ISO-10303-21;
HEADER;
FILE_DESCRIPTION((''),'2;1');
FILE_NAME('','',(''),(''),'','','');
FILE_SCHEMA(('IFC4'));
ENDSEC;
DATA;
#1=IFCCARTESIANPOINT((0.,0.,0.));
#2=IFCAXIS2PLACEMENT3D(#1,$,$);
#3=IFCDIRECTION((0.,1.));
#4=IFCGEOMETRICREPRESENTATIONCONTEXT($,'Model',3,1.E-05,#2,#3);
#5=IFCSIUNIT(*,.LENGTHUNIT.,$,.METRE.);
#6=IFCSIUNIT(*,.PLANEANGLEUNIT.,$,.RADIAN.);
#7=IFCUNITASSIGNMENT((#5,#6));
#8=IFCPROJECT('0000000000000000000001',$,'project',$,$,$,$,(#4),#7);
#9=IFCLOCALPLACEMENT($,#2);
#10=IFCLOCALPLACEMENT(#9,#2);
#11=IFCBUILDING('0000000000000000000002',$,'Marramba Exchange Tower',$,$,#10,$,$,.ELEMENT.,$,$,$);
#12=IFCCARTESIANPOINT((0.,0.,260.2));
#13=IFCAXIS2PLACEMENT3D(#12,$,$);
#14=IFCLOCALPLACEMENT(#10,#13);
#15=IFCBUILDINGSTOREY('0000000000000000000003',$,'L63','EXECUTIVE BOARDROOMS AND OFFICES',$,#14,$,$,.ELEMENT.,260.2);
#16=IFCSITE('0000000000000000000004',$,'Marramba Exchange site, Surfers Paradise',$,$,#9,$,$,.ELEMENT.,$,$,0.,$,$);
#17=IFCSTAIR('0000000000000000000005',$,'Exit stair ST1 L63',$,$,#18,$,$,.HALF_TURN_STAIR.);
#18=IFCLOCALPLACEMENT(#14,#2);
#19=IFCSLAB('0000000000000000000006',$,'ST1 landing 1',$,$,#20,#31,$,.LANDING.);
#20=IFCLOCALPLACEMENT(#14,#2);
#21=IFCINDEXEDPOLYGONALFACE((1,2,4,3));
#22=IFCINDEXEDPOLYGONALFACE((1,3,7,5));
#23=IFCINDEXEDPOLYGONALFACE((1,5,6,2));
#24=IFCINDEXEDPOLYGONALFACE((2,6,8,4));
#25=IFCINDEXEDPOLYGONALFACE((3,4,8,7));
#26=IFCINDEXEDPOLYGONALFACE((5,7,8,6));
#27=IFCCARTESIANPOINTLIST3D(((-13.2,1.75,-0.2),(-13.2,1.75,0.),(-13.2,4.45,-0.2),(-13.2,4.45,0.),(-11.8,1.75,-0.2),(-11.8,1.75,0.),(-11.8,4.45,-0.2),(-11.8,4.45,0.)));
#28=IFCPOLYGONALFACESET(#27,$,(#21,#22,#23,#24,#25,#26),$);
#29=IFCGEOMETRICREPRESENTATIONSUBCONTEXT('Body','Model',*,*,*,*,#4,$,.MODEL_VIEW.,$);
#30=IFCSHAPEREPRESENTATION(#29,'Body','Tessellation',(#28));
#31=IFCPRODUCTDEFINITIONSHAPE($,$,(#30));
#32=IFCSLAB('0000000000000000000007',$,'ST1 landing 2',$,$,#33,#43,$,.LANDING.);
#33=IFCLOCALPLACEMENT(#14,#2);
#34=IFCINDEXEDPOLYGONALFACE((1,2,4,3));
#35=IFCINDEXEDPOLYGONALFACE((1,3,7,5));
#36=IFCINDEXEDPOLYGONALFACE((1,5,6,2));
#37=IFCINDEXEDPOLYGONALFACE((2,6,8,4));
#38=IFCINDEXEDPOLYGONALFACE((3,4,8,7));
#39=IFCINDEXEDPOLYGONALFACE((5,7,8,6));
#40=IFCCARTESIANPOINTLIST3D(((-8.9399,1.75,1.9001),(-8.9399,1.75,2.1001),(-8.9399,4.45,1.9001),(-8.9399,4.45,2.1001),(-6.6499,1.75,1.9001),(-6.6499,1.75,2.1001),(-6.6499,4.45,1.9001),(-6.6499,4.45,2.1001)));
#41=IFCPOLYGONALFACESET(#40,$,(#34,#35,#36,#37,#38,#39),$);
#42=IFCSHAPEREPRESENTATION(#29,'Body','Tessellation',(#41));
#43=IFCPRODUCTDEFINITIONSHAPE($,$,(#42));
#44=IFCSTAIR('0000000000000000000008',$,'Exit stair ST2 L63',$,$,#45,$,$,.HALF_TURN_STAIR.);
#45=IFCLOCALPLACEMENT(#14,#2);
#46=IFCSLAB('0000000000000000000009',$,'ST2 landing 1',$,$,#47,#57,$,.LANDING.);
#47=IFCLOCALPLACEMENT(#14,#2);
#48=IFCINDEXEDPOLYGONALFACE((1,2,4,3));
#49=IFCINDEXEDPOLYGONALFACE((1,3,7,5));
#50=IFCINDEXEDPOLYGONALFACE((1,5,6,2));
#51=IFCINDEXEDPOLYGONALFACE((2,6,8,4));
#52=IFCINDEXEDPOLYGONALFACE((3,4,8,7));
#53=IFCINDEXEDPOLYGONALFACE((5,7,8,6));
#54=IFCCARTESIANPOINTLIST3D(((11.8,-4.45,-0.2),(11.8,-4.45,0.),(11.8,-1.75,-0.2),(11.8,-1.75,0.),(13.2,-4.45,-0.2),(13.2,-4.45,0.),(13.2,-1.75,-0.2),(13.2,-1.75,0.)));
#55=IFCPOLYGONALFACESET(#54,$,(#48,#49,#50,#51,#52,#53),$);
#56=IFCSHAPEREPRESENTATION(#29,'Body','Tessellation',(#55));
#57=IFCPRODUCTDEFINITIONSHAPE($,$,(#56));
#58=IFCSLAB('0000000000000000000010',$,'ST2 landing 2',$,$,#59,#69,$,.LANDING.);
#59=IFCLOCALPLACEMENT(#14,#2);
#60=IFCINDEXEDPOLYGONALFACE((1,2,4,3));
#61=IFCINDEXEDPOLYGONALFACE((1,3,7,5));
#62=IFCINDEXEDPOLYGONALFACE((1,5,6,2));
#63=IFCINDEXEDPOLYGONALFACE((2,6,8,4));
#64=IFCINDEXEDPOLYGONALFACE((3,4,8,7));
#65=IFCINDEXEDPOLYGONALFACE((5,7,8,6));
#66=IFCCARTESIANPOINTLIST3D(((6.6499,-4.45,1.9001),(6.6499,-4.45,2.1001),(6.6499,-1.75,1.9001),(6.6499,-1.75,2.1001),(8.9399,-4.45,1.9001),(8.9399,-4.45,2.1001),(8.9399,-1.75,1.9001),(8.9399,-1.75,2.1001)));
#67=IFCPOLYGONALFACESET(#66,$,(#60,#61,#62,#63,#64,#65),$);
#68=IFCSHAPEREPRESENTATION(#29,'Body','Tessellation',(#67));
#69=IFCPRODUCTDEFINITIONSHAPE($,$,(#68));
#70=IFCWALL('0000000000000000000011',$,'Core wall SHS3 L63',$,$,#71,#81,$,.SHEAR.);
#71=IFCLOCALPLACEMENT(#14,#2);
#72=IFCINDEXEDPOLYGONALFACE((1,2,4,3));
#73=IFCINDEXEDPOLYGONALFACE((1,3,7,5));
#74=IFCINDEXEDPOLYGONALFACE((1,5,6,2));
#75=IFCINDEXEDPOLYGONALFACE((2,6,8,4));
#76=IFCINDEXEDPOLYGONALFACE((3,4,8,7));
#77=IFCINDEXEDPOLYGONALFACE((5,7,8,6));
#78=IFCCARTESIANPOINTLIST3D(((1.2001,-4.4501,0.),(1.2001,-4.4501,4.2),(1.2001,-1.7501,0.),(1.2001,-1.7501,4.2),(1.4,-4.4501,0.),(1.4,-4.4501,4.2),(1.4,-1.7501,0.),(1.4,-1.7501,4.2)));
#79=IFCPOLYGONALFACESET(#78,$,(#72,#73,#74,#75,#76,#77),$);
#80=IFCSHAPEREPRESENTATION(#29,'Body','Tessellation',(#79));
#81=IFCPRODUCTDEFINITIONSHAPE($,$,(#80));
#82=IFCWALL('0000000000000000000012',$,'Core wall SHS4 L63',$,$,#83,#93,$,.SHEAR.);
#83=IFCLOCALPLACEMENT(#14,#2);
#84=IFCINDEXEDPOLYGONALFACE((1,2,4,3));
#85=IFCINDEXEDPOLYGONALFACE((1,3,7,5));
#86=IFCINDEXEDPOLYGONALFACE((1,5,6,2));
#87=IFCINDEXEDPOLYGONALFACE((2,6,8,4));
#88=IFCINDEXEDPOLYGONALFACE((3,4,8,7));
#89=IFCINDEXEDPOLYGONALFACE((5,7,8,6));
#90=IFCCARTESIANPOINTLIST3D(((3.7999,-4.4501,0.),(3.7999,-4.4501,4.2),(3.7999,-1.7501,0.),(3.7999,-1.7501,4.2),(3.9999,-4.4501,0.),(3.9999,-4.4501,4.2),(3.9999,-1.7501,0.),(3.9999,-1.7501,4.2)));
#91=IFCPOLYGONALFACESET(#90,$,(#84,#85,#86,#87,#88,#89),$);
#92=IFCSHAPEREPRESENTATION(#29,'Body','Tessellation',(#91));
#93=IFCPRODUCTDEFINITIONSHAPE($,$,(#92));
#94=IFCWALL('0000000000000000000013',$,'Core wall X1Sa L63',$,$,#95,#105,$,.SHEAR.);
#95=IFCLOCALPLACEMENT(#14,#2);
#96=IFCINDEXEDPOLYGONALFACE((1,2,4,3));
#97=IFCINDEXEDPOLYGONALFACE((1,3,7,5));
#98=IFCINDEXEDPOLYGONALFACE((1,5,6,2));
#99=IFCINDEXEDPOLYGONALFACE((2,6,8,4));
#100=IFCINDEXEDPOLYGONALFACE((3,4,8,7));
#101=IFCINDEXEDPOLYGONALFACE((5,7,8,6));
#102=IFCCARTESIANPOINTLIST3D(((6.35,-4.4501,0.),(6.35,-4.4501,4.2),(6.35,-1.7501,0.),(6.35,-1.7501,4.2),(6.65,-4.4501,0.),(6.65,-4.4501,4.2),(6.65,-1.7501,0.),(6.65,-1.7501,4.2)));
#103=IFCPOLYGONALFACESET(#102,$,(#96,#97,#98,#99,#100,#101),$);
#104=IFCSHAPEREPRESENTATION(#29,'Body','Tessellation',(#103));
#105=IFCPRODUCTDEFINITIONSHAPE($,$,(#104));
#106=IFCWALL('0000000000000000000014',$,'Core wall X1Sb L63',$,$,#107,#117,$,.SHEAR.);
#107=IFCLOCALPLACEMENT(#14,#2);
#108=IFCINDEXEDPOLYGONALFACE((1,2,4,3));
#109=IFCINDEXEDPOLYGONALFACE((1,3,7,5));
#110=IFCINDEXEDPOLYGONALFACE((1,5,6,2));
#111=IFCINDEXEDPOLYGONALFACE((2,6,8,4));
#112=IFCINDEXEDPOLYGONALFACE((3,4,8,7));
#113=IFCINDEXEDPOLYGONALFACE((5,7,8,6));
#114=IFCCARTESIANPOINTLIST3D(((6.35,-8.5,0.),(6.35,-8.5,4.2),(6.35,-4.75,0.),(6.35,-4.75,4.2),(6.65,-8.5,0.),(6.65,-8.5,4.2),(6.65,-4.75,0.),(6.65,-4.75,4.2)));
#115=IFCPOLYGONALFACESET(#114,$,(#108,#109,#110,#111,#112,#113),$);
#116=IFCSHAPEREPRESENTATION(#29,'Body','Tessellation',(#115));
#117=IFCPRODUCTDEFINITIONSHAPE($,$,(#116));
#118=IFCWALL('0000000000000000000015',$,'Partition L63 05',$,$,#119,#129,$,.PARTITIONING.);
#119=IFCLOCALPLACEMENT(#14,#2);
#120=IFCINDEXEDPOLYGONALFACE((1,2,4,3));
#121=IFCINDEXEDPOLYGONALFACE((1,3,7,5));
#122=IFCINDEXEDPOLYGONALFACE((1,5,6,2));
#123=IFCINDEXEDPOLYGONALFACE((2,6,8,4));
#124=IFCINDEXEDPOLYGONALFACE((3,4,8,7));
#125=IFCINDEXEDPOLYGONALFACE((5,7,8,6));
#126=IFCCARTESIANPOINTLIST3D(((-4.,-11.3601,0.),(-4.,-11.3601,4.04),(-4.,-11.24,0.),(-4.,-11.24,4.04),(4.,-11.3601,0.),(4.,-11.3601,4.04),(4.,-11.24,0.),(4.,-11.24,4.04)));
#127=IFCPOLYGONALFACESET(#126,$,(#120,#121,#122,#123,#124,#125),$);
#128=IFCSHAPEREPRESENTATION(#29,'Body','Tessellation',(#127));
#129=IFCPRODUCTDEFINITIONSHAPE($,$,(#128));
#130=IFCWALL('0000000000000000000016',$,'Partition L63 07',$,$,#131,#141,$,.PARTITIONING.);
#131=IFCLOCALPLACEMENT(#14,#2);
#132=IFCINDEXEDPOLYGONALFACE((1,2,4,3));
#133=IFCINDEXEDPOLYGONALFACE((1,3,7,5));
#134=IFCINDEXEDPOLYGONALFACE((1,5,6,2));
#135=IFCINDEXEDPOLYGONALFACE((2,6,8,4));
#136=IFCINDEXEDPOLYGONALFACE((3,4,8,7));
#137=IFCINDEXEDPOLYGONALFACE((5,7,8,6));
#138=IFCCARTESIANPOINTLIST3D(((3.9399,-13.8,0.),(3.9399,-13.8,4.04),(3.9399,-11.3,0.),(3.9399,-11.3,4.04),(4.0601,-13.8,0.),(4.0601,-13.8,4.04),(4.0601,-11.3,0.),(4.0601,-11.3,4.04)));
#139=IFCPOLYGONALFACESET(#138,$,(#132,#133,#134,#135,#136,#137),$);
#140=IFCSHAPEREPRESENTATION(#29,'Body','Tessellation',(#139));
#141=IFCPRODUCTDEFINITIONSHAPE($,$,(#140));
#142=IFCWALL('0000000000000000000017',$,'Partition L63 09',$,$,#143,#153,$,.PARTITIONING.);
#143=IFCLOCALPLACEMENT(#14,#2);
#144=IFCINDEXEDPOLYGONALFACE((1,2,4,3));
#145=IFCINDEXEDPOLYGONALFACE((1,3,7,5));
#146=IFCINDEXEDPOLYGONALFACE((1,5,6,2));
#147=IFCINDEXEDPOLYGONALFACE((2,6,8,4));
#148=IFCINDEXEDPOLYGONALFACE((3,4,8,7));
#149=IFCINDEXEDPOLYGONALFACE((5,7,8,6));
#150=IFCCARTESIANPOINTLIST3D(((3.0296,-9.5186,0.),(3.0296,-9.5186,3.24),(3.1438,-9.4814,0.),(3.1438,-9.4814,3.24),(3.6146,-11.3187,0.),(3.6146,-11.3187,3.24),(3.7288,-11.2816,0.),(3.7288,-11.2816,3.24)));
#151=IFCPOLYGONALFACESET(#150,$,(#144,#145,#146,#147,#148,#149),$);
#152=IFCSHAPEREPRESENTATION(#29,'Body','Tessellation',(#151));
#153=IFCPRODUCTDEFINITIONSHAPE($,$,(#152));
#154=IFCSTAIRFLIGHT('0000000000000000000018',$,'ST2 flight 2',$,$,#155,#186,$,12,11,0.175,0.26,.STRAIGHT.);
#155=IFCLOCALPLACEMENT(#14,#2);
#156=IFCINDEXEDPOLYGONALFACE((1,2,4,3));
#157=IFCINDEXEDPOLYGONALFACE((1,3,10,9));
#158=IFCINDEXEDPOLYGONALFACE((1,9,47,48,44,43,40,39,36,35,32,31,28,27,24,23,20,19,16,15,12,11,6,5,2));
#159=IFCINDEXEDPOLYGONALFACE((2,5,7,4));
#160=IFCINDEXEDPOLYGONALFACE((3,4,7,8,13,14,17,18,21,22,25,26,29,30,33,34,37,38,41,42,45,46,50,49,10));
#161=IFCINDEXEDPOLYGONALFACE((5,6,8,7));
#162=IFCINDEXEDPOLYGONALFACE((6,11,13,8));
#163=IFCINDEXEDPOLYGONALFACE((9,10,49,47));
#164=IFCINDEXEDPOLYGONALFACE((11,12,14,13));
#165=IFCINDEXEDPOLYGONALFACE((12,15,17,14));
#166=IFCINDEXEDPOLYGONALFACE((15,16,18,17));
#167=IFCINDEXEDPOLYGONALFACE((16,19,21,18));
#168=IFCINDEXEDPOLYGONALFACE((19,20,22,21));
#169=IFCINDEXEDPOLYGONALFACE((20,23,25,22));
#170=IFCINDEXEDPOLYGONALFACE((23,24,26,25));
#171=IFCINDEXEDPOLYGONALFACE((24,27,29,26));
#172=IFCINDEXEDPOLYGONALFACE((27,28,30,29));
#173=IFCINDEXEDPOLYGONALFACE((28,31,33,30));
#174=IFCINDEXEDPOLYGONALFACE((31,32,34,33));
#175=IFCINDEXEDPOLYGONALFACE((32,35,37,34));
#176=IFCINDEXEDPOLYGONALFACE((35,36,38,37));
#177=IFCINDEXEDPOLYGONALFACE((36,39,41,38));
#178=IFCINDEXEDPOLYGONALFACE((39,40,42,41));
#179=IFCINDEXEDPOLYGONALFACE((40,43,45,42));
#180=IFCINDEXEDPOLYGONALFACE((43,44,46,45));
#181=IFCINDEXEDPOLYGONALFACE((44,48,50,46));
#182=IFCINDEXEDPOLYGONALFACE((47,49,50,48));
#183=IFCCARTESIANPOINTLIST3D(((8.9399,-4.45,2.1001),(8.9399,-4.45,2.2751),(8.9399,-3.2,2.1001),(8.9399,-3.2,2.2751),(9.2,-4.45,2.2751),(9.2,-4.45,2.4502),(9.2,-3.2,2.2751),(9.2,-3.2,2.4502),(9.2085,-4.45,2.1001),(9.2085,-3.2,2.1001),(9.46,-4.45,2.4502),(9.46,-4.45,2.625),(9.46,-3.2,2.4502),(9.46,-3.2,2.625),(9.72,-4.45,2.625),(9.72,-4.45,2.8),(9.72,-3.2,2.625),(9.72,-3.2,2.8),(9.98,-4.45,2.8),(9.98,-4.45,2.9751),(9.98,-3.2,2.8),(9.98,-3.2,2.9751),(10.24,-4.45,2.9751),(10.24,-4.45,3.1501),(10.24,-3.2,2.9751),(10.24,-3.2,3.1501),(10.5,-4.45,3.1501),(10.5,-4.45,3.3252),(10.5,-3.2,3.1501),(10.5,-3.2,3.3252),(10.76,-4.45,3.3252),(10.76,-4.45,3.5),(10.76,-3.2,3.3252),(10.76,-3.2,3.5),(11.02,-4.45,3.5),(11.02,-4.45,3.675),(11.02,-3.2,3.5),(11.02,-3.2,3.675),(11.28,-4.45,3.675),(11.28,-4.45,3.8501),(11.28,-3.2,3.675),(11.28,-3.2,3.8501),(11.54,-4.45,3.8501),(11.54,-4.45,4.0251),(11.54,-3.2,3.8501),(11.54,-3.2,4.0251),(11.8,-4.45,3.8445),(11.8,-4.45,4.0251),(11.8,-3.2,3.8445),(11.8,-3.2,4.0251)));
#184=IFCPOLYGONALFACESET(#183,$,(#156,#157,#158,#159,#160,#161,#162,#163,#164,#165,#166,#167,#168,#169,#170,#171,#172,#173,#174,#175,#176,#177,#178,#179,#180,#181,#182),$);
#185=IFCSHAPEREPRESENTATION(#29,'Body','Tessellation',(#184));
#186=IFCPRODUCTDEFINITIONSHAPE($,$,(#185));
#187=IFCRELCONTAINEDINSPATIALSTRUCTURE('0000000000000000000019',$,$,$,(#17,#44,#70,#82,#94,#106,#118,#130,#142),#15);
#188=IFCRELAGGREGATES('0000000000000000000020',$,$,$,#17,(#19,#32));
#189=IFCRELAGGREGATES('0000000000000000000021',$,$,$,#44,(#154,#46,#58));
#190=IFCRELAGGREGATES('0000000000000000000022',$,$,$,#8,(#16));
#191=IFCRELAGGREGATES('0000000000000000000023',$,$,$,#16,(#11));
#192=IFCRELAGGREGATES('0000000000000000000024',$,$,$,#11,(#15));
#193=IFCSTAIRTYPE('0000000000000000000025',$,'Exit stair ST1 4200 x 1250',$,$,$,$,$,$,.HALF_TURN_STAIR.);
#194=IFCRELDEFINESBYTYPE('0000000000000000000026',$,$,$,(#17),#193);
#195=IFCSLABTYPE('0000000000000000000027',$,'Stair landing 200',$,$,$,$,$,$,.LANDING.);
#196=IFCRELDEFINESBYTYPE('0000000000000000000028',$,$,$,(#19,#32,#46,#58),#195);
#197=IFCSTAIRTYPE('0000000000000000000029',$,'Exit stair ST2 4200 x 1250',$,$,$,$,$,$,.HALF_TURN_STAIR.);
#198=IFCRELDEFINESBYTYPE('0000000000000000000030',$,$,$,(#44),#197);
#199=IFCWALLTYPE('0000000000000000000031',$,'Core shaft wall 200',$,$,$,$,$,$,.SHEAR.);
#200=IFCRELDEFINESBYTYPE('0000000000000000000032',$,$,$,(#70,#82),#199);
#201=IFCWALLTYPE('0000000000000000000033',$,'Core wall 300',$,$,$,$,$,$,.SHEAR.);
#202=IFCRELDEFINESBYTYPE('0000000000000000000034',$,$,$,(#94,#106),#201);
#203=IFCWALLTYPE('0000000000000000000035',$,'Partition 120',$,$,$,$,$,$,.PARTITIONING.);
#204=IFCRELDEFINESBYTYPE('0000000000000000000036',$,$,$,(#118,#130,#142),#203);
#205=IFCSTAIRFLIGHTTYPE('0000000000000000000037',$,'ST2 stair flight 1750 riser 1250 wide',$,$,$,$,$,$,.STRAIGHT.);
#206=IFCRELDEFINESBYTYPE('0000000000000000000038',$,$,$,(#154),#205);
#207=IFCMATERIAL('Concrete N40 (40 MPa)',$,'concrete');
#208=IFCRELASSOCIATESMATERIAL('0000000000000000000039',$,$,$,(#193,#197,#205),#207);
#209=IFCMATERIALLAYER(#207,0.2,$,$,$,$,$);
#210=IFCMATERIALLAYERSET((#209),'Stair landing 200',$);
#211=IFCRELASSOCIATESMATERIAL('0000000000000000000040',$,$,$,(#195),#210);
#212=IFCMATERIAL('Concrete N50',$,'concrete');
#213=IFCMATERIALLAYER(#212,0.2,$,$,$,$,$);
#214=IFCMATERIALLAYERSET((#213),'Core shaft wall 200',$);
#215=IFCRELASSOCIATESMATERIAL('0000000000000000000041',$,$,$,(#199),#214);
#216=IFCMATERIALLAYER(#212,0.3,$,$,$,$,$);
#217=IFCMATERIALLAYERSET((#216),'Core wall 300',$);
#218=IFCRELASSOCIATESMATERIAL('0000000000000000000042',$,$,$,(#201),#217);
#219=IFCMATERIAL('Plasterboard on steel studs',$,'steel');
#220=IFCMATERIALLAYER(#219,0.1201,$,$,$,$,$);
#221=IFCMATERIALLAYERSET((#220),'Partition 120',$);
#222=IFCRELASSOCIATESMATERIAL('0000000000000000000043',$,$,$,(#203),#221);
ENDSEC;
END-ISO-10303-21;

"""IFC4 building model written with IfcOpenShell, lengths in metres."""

from ifc_helpers import new_model, si_unit, direction, frame, frame_2d, origin, place, context, subcontext, project, spatial, polyline, rectangle, outline, extrude, material, layer, layer_set, type_object, element, aggregate, save


model = new_model("IFC4")

# Units and contexts
model_context = context("Model", 3, precision=1e-05, world=origin(), true_north=direction((0.0, 1.0)))
body_context = subcontext(model_context, "Body", "Model", "MODEL_VIEW")
ifc_project = project(units=[si_unit("LENGTHUNIT", "METRE"), si_unit("PLANEANGLEUNIT", "RADIAN")], contexts=[model_context])

# Site, building, storey
site_placement = place(None, origin())
site = spatial("IfcSite", under=ifc_project, at=site_placement, Name="Marramba Exchange site, Surfers Paradise", CompositionType="ELEMENT", RefElevation=0.0)
building_placement = place(site_placement, origin())
building = spatial("IfcBuilding", under=site, at=building_placement, Name="Marramba Exchange Tower", CompositionType="ELEMENT")
storey_placement = place(building_placement, frame((0.0, 0.0, 260.2)))
storey = spatial("IfcBuildingStorey", under=building, at=storey_placement, Name="L63", Description="EXECUTIVE BOARDROOMS AND OFFICES", CompositionType="ELEMENT", Elevation=260.2)

# Stairs, slabs
ifc_material_1 = material(Name="Concrete N40 (40 MPa)", Category="concrete")
stair_type_1 = type_object("IfcStairType", Name="Exit stair ST1 4200 x 1250", PredefinedType="HALF_TURN_STAIR", material=ifc_material_1)
stair_1_placement = place(storey_placement, origin())
stair_1 = element("IfcStair", 1, at=stair_1_placement, inside=storey, type_object=stair_type_1, Name="Exit stair ST1 L63", PredefinedType="HALF_TURN_STAIR")
ifc_layer_1 = layer(ifc_material_1, 0.2)
ifc_layer_set_1 = layer_set([ifc_layer_1], Name="Stair landing 200")
slab_type = type_object("IfcSlabType", Name="Stair landing 200", PredefinedType="LANDING", material=ifc_layer_set_1)
slab_1_placement = place(storey_placement, frame((0.0, 0.0, -0.2)))
slab_1 = element("IfcSlab", 2, at=slab_1_placement, type_object=slab_type, Name="ST1 landing 1", PredefinedType="LANDING", context=body_context, shape_type="SweptSolid", body=[
    extrude(outline(polyline([(-13.2, 1.75), (-11.8, 1.75), (-11.8, 4.45), (-13.2, 4.45), (-13.2, 1.75)])), origin(), (0.0, 0.0, 1.0), 0.2),
])
slab_2_placement = place(storey_placement, frame((0.0, 0.0, 1.9001)))
slab_2 = element("IfcSlab", 3, at=slab_2_placement, type_object=slab_type, Name="ST1 landing 2", PredefinedType="LANDING", context=body_context, shape_type="SweptSolid", body=[
    extrude(outline(polyline([(-8.9399, 1.75), (-6.6499, 1.75), (-6.6499, 4.45), (-8.9399, 4.45), (-8.9399, 1.75)])), origin(), (0.0, 0.0, 1.0), 0.2),
])
aggregate(stair_1, [slab_1, slab_2])
stair_type_2 = type_object("IfcStairType", Name="Exit stair ST2 4200 x 1250", PredefinedType="HALF_TURN_STAIR", material=ifc_material_1)
stair_2_placement = place(storey_placement, origin())
stair_2 = element("IfcStair", 4, at=stair_2_placement, inside=storey, type_object=stair_type_2, Name="Exit stair ST2 L63", PredefinedType="HALF_TURN_STAIR")
slab_3_placement = place(storey_placement, frame((0.0, 0.0, -0.2)))
slab_3 = element("IfcSlab", 5, at=slab_3_placement, type_object=slab_type, Name="ST2 landing 1", PredefinedType="LANDING", context=body_context, shape_type="SweptSolid", body=[
    extrude(outline(polyline([(11.8, -4.45), (13.2, -4.45), (13.2, -1.75), (11.8, -1.75), (11.8, -4.45)])), origin(), (0.0, 0.0, 1.0), 0.2),
])
slab_4_placement = place(storey_placement, frame((0.0, 0.0, 1.9001)))
slab_4 = element("IfcSlab", 6, at=slab_4_placement, type_object=slab_type, Name="ST2 landing 2", PredefinedType="LANDING", context=body_context, shape_type="SweptSolid", body=[
    extrude(outline(polyline([(6.6499, -4.45), (8.9399, -4.45), (8.9399, -1.75), (6.6499, -1.75), (6.6499, -4.45)])), origin(), (0.0, 0.0, 1.0), 0.2),
])

# Walls
ifc_material_2 = material(Name="Concrete N50", Category="concrete")
ifc_layer_2 = layer(ifc_material_2, 0.2)
ifc_layer_set_2 = layer_set([ifc_layer_2], Name="Core shaft wall 200")
wall_type_1 = type_object("IfcWallType", Name="Core shaft wall 200", PredefinedType="SHEAR", material=ifc_layer_set_2)
for number, where, z_axis, x_axis, name in (
    (7, (1.3, -1.75, 0.0), (0.0, 0.0, 1.0), (0.0, -1.0, 0.0), "Core wall SHS3 L63"),
    (8, (3.8999, -1.75, 0.0), (0.0, 0.0, 1.0), (0.0, -1.0, 0.0), "Core wall SHS4 L63"),
):
    element("IfcWall", number, at=place(storey_placement, frame(where, z_axis=z_axis, x_axis=x_axis)), inside=storey, type_object=wall_type_1, Name=name, PredefinedType="SHEAR", context=body_context, shape_type="SweptSolid", body=[
        extrude(rectangle(XDim=2.7, YDim=0.2, at=frame_2d((1.3501, 0.0))), origin(), (0.0, 0.0, 1.0), 4.2),
    ])
ifc_layer_3 = layer(ifc_material_2, 0.3)
ifc_layer_set_3 = layer_set([ifc_layer_3], Name="Core wall 300")
wall_type_2 = type_object("IfcWallType", Name="Core wall 300", PredefinedType="SHEAR", material=ifc_layer_set_3)
wall_1_placement = place(storey_placement, frame((6.5, -1.75, 0.0), z_axis=(0.0, 0.0, 1.0), x_axis=(0.0, -1.0, 0.0)))
element("IfcWall", 9, at=wall_1_placement, inside=storey, type_object=wall_type_2, Name="Core wall X1Sa L63", PredefinedType="SHEAR", context=body_context, shape_type="SweptSolid", body=[
    extrude(rectangle(XDim=2.7, YDim=0.3, at=frame_2d((1.3501, 0.0))), origin(), (0.0, 0.0, 1.0), 4.2),
])
wall_2_placement = place(storey_placement, frame((6.5, -4.75, 0.0), z_axis=(0.0, 0.0, 1.0), x_axis=(0.0, -1.0, 0.0)))
element("IfcWall", 10, at=wall_2_placement, inside=storey, type_object=wall_type_2, Name="Core wall X1Sb L63", PredefinedType="SHEAR", context=body_context, shape_type="SweptSolid", body=[
    extrude(rectangle(XDim=3.75, YDim=0.3, at=frame_2d((1.875, 0.0))), origin(), (0.0, 0.0, 1.0), 4.2),
])
ifc_material_3 = material(Name="Plasterboard on steel studs", Category="steel")
ifc_layer_4 = layer(ifc_material_3, 0.1201)
ifc_layer_set_4 = layer_set([ifc_layer_4], Name="Partition 120")
wall_type_3 = type_object("IfcWallType", Name="Partition 120", PredefinedType="PARTITIONING", material=ifc_layer_set_4)
wall_3_placement = place(storey_placement, frame((4.0, -11.3, 0.0), z_axis=(0.0, 0.0, 1.0), x_axis=(-1.0, 0.0, 0.0)))
element("IfcWall", 11, at=wall_3_placement, inside=storey, type_object=wall_type_3, Name="Partition L63 05", PredefinedType="PARTITIONING", context=body_context, shape_type="SweptSolid", body=[
    extrude(rectangle(XDim=8.0, YDim=0.1201, at=frame_2d((4.0, 0.0))), origin(), (0.0, 0.0, 1.0), 4.04),
])
wall_4_placement = place(storey_placement, frame((4.0, -13.8, 0.0), z_axis=(0.0, 0.0, 1.0), x_axis=(0.0, 1.0, 0.0)))
element("IfcWall", 12, at=wall_4_placement, inside=storey, type_object=wall_type_3, Name="Partition L63 07", PredefinedType="PARTITIONING", context=body_context, shape_type="SweptSolid", body=[
    extrude(rectangle(XDim=2.5, YDim=0.1201, at=frame_2d((1.25, 0.0))), origin(), (0.0, 0.0, 1.0), 4.04),
])
wall_5_placement = place(storey_placement, frame((3.6716, -11.3, 0.0), z_axis=(0.0, 0.0, 1.0), x_axis=(-0.30906, 0.951043, 0.0)))
element("IfcWall", 13, at=wall_5_placement, inside=storey, type_object=wall_type_3, Name="Partition L63 09", PredefinedType="PARTITIONING", context=body_context, shape_type="SweptSolid", body=[
    extrude(rectangle(XDim=1.8928, YDim=0.1201, at=frame_2d((0.9463, 0.0))), origin(), (0.0, 0.0, 1.0), 3.24),
])

# Stair flight
stair_flight_type = type_object("IfcStairFlightType", Name="ST2 stair flight 1750 riser 1250 wide", PredefinedType="STRAIGHT", material=ifc_material_1)
stair_flight_placement = place(storey_placement, frame((8.9399, -3.825, 2.1001), z_axis=(0.0, 0.0, 1.0), x_axis=(1.0, 0.0, 0.0)))
stair_flight = element("IfcStairFlight", 14, at=stair_flight_placement, type_object=stair_flight_type, Name="ST2 flight 2", NumberOfRisers=12, NumberOfTreads=11, PredefinedType="STRAIGHT", RiserHeight=0.175, TreadLength=0.26, context=body_context, shape_type="SweptSolid", body=[
    extrude(outline(polyline([(0.0, 0.0), (0.0, 0.175), (0.26, 0.175), (0.26, 0.3501), (0.52, 0.3501), (0.52, 0.5249), (0.78, 0.5249), (0.78, 0.7), (1.04, 0.7), (1.04, 0.875), (1.3, 0.875), (1.3, 1.05), (1.5601, 1.05), (1.5601, 1.2251), (1.8201, 1.2251), (1.8201, 1.3999), (2.0801, 1.3999), (2.0801, 1.575), (2.3401, 1.575), (2.3401, 1.75), (2.6001, 1.75), (2.6001, 1.925), (2.8601, 1.925), (2.8601, 2.1001), (2.8601, 1.7444), (0.2686, 0.0), (0.0, 0.0)])), frame((0.0, 0.625, 0.0), z_axis=(0.0, -1.0, 0.0), x_axis=(1.0, 0.0, 0.0)), (0.0, 0.0, 1.0), 1.25),
])
aggregate(stair_2, [stair_flight, slab_3, slab_4])

save(model, "model.ifc")
